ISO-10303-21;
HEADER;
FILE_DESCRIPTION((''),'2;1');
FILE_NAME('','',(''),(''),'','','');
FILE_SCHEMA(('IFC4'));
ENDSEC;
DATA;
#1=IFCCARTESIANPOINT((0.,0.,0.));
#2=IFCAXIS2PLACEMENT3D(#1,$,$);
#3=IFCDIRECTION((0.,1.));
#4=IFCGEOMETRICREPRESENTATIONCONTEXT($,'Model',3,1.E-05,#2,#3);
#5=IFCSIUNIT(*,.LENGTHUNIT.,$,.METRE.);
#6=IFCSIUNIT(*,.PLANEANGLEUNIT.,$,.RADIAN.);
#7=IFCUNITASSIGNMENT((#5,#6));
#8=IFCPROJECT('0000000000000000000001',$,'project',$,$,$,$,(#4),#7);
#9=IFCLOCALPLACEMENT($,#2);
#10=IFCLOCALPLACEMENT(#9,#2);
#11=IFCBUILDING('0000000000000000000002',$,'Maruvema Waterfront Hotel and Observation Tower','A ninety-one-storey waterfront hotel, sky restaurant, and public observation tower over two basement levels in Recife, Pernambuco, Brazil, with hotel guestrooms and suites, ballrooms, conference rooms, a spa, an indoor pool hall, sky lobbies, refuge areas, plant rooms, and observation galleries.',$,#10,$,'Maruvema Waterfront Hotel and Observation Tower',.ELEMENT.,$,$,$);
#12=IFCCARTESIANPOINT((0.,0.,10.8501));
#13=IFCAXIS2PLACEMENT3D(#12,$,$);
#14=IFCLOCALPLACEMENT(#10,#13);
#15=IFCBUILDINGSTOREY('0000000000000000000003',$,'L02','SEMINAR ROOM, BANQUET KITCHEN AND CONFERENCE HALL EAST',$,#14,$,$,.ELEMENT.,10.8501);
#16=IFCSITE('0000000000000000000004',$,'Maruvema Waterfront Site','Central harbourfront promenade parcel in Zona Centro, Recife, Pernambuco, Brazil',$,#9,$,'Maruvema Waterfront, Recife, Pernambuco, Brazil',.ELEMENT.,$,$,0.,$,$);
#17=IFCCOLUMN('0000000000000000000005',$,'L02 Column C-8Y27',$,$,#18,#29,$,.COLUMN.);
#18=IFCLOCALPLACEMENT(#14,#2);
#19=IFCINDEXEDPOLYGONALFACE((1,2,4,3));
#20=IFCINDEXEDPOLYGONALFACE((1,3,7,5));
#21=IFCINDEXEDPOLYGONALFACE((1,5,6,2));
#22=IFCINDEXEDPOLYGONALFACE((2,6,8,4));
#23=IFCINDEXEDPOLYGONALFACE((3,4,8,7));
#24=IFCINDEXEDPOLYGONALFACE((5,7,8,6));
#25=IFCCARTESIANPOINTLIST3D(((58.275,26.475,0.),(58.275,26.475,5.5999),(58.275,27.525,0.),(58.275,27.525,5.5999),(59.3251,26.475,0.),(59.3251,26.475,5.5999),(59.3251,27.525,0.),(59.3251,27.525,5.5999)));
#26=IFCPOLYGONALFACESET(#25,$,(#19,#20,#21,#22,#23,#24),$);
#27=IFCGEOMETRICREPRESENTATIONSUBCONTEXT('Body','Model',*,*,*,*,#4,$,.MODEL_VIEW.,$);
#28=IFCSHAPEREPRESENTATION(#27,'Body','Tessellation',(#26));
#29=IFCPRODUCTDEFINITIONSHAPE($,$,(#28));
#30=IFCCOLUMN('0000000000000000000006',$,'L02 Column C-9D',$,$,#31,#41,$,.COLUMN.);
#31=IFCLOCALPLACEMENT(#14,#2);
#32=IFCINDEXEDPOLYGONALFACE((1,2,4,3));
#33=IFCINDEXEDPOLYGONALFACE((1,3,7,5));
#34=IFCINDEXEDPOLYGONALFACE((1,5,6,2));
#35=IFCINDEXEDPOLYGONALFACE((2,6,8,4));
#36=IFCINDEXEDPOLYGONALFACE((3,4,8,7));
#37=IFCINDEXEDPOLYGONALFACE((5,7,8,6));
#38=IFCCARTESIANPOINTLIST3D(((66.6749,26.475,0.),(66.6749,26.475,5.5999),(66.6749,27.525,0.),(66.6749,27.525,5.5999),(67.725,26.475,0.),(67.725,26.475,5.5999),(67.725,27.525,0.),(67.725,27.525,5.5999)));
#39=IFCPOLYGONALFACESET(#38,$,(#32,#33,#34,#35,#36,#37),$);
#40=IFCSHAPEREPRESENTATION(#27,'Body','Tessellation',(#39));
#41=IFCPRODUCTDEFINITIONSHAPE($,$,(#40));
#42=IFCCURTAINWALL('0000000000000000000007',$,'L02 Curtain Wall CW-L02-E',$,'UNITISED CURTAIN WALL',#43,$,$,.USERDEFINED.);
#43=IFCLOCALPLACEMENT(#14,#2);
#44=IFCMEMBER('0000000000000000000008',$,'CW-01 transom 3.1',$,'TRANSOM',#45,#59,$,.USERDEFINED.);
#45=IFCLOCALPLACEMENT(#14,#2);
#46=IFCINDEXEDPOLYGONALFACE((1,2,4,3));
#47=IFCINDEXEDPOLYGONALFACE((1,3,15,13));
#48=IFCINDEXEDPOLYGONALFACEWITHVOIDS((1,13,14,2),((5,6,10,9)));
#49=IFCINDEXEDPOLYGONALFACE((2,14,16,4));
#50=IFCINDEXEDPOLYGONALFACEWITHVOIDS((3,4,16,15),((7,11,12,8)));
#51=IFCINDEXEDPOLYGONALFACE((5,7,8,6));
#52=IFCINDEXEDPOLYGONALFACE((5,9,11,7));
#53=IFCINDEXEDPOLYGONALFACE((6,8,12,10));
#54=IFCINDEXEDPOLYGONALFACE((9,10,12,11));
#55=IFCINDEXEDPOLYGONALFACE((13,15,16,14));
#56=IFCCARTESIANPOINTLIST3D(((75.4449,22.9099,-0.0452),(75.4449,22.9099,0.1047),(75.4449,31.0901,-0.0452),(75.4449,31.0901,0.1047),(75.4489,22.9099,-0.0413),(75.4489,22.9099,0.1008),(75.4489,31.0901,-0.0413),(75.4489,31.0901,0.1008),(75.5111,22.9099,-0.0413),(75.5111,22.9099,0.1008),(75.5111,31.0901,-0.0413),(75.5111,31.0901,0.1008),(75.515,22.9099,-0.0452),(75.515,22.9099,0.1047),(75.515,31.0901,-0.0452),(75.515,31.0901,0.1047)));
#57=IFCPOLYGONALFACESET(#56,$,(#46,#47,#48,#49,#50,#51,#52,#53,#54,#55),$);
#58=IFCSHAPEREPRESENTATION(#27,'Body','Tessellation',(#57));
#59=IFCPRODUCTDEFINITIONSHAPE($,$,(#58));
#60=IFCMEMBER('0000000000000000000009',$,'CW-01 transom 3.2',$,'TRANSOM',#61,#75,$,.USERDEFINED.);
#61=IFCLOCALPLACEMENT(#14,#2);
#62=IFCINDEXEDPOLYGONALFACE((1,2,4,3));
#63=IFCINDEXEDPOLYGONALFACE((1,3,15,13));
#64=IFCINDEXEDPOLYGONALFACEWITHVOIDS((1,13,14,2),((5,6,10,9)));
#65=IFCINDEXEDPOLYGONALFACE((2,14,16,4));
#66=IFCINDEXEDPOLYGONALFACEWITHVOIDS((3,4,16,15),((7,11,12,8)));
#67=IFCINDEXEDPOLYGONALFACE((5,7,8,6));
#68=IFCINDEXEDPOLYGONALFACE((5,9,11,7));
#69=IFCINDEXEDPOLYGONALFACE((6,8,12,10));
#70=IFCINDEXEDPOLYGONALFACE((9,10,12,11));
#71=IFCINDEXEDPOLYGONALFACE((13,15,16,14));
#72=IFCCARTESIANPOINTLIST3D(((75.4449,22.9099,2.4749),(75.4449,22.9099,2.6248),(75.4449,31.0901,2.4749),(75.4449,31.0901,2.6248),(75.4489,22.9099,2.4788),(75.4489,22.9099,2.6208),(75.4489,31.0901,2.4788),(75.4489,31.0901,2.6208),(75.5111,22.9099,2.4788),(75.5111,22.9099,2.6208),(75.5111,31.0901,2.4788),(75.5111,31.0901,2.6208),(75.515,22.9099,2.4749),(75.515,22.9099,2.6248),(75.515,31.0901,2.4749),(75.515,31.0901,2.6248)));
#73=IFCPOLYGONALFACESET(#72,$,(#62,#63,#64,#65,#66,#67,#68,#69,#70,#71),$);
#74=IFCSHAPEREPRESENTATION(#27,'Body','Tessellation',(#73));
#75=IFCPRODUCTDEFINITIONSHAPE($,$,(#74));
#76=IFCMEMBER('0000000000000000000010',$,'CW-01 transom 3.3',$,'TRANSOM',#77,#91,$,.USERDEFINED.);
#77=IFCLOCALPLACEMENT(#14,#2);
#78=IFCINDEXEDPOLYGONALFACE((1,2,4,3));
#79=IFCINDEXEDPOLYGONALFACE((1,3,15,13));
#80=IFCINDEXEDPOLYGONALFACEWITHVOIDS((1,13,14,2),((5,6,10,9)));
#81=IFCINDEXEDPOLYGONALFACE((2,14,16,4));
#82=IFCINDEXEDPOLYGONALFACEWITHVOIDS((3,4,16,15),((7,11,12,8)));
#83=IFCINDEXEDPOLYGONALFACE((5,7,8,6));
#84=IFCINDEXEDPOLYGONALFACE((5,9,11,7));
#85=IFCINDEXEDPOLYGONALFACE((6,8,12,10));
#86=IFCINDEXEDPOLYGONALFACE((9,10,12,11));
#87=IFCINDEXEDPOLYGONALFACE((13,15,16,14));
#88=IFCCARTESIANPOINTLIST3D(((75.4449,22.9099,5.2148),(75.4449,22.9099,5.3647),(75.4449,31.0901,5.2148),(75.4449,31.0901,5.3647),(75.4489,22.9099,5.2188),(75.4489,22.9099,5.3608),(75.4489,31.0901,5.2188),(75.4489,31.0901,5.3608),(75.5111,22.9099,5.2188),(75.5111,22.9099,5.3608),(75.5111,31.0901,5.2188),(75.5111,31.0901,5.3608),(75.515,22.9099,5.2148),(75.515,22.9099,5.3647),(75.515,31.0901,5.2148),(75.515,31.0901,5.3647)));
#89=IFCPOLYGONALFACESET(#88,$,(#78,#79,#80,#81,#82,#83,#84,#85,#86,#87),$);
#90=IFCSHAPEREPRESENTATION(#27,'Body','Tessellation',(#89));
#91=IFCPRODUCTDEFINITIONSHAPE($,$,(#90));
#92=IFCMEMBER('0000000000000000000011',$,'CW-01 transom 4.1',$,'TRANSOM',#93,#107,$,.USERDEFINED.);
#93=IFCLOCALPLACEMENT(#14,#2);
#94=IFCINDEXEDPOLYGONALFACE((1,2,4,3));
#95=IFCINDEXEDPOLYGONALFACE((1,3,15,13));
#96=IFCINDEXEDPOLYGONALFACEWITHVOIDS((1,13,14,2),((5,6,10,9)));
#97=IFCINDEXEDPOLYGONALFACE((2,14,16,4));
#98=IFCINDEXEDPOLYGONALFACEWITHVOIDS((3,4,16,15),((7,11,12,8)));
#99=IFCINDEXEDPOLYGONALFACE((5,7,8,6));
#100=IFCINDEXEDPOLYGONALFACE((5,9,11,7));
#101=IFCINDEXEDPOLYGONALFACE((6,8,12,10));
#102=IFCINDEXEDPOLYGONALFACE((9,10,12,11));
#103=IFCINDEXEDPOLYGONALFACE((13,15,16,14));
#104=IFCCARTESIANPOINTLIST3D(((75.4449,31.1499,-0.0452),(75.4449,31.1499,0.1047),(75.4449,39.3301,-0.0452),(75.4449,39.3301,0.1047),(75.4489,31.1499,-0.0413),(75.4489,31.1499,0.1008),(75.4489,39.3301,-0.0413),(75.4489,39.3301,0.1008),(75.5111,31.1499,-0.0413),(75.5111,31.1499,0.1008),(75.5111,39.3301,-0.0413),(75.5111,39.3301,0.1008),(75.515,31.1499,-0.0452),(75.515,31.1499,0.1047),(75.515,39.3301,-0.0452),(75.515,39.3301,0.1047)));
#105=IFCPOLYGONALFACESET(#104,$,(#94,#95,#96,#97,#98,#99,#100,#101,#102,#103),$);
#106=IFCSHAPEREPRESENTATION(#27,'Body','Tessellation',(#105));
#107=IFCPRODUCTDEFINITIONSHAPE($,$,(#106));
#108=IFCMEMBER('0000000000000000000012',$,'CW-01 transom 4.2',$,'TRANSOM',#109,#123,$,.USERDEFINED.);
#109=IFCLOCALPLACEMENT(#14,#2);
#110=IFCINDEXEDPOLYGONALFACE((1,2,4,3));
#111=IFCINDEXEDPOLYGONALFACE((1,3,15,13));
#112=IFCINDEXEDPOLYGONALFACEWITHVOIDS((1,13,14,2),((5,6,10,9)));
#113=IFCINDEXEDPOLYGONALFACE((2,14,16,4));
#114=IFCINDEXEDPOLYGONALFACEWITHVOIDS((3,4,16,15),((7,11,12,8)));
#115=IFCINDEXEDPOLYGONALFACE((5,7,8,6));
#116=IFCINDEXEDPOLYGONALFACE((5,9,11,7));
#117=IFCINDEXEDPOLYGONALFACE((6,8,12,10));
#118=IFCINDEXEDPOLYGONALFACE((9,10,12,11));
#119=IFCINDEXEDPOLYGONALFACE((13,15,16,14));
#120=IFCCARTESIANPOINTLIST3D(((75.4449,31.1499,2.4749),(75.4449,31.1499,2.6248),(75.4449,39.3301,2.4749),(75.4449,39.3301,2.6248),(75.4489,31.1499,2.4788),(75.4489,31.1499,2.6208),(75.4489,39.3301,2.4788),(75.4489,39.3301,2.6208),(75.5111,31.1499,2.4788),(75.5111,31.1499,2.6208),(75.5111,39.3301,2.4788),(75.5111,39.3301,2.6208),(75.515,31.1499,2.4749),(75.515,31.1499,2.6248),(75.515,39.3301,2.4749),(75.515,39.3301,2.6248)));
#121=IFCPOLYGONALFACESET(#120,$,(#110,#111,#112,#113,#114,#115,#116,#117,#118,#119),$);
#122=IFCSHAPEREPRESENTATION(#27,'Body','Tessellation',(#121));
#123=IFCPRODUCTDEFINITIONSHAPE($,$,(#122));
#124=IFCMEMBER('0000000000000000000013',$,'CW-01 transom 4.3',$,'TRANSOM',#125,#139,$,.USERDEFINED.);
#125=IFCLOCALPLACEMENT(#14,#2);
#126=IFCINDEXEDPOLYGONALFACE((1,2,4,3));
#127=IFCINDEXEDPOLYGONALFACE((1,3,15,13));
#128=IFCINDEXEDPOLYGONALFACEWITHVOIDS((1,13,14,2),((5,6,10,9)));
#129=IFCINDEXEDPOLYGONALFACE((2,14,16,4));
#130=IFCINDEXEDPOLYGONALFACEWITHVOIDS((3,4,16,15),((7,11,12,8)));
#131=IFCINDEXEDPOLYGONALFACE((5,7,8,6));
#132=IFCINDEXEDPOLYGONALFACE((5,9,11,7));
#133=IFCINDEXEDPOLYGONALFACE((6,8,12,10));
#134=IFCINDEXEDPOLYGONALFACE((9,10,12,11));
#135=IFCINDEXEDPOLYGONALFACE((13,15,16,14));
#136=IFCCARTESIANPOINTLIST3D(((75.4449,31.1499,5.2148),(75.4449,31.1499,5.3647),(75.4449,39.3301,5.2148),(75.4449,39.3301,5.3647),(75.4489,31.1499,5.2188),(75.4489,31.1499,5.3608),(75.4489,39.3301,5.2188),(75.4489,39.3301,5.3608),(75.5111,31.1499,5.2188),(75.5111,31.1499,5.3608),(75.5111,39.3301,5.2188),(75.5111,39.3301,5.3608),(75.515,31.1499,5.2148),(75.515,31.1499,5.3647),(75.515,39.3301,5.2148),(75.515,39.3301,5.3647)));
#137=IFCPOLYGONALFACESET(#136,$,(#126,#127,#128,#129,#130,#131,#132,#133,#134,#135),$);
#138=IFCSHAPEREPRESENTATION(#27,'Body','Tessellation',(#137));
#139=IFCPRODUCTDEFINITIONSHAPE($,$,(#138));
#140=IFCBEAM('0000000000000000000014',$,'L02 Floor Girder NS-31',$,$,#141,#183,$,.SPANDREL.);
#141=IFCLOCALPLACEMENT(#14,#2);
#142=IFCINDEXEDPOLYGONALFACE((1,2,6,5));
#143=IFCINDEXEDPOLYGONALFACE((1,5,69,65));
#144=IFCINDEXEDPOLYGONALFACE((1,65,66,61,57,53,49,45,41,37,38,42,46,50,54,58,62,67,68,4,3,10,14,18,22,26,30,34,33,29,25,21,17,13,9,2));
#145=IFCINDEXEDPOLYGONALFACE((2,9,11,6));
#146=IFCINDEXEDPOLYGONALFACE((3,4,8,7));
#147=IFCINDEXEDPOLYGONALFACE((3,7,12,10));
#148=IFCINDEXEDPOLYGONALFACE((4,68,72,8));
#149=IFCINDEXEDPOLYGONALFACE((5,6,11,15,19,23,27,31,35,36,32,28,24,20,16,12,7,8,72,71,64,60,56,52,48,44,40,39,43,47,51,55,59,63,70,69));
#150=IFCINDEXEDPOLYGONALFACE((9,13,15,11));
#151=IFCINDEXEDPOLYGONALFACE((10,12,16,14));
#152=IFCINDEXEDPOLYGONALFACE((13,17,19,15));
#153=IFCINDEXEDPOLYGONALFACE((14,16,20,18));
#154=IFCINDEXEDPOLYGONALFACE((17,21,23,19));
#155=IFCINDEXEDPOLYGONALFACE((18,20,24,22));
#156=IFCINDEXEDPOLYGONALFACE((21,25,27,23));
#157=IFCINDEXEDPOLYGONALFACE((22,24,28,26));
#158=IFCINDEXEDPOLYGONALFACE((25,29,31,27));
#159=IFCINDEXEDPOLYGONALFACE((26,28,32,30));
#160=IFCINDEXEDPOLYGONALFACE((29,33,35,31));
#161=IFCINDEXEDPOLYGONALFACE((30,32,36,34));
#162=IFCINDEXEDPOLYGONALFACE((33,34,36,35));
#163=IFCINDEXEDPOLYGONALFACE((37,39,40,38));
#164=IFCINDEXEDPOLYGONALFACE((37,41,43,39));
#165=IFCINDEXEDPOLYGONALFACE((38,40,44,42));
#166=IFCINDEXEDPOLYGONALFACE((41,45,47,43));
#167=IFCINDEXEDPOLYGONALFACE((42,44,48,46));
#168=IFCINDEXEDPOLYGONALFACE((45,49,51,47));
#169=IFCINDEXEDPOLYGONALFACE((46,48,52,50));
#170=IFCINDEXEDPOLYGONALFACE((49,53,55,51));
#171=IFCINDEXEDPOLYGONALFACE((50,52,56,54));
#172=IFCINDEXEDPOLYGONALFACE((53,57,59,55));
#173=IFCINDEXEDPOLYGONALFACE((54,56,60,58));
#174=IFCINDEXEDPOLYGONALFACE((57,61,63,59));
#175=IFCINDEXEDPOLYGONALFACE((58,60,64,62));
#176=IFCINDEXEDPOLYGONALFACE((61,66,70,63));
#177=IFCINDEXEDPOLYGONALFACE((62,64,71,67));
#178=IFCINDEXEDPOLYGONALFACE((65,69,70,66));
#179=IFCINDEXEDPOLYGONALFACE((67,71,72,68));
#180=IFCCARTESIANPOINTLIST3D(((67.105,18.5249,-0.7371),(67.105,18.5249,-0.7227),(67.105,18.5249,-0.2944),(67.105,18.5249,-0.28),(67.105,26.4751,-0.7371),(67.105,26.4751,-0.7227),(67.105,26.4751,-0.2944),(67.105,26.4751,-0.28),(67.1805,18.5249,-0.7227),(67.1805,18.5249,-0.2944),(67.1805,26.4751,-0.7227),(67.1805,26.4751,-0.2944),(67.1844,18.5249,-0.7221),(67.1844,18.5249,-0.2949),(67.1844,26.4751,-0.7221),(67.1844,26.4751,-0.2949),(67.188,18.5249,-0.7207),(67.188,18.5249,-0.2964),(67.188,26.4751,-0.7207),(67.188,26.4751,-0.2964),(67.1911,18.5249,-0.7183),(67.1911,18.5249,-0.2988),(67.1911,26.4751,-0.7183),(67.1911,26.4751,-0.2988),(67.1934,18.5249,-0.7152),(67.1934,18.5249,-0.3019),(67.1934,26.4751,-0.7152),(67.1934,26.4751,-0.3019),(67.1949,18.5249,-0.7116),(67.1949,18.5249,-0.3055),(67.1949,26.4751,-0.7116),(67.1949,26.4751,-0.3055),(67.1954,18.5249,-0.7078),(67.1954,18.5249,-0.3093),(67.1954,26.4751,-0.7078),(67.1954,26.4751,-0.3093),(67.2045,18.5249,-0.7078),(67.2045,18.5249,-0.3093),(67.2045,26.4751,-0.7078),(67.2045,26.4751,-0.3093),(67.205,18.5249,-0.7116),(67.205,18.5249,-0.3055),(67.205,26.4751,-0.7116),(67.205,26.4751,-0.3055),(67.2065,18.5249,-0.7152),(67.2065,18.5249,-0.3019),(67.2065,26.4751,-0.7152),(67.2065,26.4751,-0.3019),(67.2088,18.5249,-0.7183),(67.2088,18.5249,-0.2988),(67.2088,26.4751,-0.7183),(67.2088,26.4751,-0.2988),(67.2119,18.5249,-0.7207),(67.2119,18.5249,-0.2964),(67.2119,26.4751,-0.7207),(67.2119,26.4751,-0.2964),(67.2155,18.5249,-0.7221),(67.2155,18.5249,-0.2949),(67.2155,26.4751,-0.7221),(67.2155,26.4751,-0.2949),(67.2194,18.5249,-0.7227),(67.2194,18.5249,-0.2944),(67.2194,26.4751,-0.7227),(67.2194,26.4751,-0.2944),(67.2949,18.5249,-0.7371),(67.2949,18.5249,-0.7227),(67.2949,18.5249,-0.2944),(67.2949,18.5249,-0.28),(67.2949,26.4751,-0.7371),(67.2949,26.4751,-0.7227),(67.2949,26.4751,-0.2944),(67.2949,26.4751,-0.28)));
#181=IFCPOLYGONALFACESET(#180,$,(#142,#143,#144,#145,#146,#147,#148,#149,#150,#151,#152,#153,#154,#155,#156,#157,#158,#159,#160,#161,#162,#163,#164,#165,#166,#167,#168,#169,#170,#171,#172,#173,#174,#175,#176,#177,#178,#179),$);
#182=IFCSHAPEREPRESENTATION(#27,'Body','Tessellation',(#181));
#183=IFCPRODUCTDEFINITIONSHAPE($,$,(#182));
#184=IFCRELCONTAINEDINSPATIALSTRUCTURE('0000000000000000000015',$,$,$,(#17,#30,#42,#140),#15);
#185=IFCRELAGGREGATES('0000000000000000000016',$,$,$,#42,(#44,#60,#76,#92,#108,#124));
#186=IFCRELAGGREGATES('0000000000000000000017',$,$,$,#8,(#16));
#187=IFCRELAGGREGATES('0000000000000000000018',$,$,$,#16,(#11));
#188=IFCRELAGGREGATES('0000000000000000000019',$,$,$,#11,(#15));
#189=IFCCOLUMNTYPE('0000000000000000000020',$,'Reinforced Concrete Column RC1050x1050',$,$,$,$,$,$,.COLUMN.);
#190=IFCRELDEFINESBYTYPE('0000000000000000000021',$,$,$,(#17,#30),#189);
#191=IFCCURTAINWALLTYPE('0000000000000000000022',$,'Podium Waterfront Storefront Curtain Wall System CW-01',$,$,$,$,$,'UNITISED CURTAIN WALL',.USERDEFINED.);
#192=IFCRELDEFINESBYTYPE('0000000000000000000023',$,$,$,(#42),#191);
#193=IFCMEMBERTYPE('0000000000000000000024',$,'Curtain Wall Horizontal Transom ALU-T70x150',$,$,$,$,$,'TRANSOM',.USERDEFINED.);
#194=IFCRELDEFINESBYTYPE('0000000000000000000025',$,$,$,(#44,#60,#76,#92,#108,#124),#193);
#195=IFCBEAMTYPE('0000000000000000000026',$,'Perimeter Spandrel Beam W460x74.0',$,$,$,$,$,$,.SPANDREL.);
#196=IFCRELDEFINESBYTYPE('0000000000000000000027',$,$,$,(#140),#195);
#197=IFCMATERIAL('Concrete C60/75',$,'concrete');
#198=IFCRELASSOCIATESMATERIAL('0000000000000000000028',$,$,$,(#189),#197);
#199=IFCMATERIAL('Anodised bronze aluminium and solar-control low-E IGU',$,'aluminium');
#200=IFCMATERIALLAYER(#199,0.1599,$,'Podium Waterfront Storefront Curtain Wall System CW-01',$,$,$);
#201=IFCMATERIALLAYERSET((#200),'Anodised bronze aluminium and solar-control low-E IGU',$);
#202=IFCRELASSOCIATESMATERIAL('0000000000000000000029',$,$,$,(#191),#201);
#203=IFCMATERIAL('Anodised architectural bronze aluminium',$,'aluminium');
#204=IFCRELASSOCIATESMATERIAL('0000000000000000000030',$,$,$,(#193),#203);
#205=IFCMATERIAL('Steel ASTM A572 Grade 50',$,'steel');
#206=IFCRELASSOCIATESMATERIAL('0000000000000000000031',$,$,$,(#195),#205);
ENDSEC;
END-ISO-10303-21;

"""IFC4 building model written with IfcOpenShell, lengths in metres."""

from ifc_helpers import new_model, si_unit, direction, frame, origin, origin_2d, place, context, subcontext, project, spatial, rectangle, hollow_rectangle, i_section, extrude, material, layer, layer_set, material_profile, profile_set, type_object, element, aggregate, save


model = new_model("IFC4")

# Units and contexts
model_context = context("Model", 3, precision=1e-05, world=origin(), true_north=direction((0.0, 1.0)))
body_context = subcontext(model_context, "Body", "Model", "MODEL_VIEW")
ifc_project = project(units=[si_unit("LENGTHUNIT", "METRE"), si_unit("PLANEANGLEUNIT", "RADIAN")], contexts=[model_context])

# Site, building, storey
site_placement = place(None, origin())
site = spatial("IfcSite", under=ifc_project, at=site_placement, Name="Maruvema Waterfront Site", Description="Central harbourfront promenade parcel in Zona Centro, Recife, Pernambuco, Brazil", LongName="Maruvema Waterfront, Recife, Pernambuco, Brazil", CompositionType="ELEMENT", RefElevation=0.0)
building_placement = place(site_placement, origin())
building = spatial("IfcBuilding", under=site, at=building_placement, Name="Maruvema Waterfront Hotel and Observation Tower", Description="A ninety-one-storey waterfront hotel, sky restaurant, and public observation tower over two basement levels in Recife, Pernambuco, Brazil, with hotel guestrooms and suites, ballrooms, conference rooms, a spa, an indoor pool hall, sky lobbies, refuge areas, plant rooms, and observation galleries.", LongName="Maruvema Waterfront Hotel and Observation Tower", CompositionType="ELEMENT")
storey_placement = place(building_placement, frame((0.0, 0.0, 10.8501)))
storey = spatial("IfcBuildingStorey", under=building, at=storey_placement, Name="L02", Description="SEMINAR ROOM, BANQUET KITCHEN AND CONFERENCE HALL EAST", CompositionType="ELEMENT", Elevation=10.8501)

# Columns
ifc_material_1 = material(Name="Concrete C60/75", Category="concrete")
ifc_material_profile_1 = material_profile(ifc_material_1, rectangle(XDim=1.05, YDim=1.05, at=origin_2d()), Name="RC1050x1050")
ifc_profile_set_1 = profile_set([ifc_material_profile_1], Name="Concrete C60/75")
column_type = type_object("IfcColumnType", Name="Reinforced Concrete Column RC1050x1050", PredefinedType="COLUMN", material=ifc_profile_set_1)
for number, where, z_axis, x_axis, name in (
    (1, (58.8, 27.0, 0.0), (0.0, 0.0, 1.0), (1.0, 0.0, 0.0), "L02 Column C-8Y27"),
    (2, (67.2, 27.0, 0.0), (0.0, 0.0, 1.0), (1.0, 0.0, 0.0), "L02 Column C-9D"),
):
    element("IfcColumn", number, at=place(storey_placement, frame(where, z_axis=z_axis, x_axis=x_axis)), inside=storey, type_object=column_type, Name=name, PredefinedType="COLUMN", context=body_context, shape_type="SweptSolid", body=[
        extrude(rectangle(XDim=1.05, YDim=1.05, at=origin_2d()), origin(), (0.0, 0.0, 1.0), 5.5999),
    ])

# Curtain wall, members
ifc_material_2 = material(Name="Anodised bronze aluminium and solar-control low-E IGU", Category="aluminium")
ifc_layer_1 = layer(ifc_material_2, 0.1599, Name="Podium Waterfront Storefront Curtain Wall System CW-01")
ifc_layer_set_1 = layer_set([ifc_layer_1], Name="Anodised bronze aluminium and solar-control low-E IGU")
curtain_wall_type = type_object("IfcCurtainWallType", Name="Podium Waterfront Storefront Curtain Wall System CW-01", ElementType="UNITISED CURTAIN WALL", PredefinedType="USERDEFINED", material=ifc_layer_set_1)
curtain_wall_placement = place(storey_placement, origin())
curtain_wall = element("IfcCurtainWall", 3, at=curtain_wall_placement, inside=storey, type_object=curtain_wall_type, Name="L02 Curtain Wall CW-L02-E", ObjectType="UNITISED CURTAIN WALL", PredefinedType="USERDEFINED")
ifc_material_3 = material(Name="Anodised architectural bronze aluminium", Category="aluminium")
ifc_material_profile_2 = material_profile(ifc_material_3, hollow_rectangle(XDim=0.0701, YDim=0.1499, WallThickness=0.0039, at=origin_2d()), Name="ALU-T70x150")
ifc_profile_set_2 = profile_set([ifc_material_profile_2], Name="Anodised architectural bronze aluminium")
member_type_1 = type_object("IfcMemberType", Name="Curtain Wall Horizontal Transom ALU-T70x150", ElementType="TRANSOM", PredefinedType="USERDEFINED", material=ifc_profile_set_2)
member_1_placement = place(storey_placement, frame((75.48, 22.9099, 0.0298), z_axis=(0.0, 1.0, 0.0), x_axis=(-1.0, 0.0, 0.0)))
member_1 = element("IfcMember", 4, at=member_1_placement, type_object=member_type_1, Name="CW-01 transom 3.1", ObjectType="TRANSOM", PredefinedType="USERDEFINED", context=body_context, shape_type="SweptSolid", body=[
    extrude(hollow_rectangle(XDim=0.0701, YDim=0.1499, WallThickness=0.0039, at=origin_2d()), origin(), (0.0, 0.0, 1.0), 8.1802),
])
member_2_placement = place(storey_placement, frame((75.48, 22.9099, 2.5498), z_axis=(0.0, 1.0, 0.0), x_axis=(-1.0, 0.0, 0.0)))
member_2 = element("IfcMember", 5, at=member_2_placement, type_object=member_type_1, Name="CW-01 transom 3.2", ObjectType="TRANSOM", PredefinedType="USERDEFINED", context=body_context, shape_type="SweptSolid", body=[
    extrude(hollow_rectangle(XDim=0.0701, YDim=0.1499, WallThickness=0.0039, at=origin_2d()), origin(), (0.0, 0.0, 1.0), 8.1802),
])
member_3_placement = place(storey_placement, frame((75.48, 22.9099, 5.2898), z_axis=(0.0, 1.0, 0.0), x_axis=(-1.0, 0.0, 0.0)))
member_3 = element("IfcMember", 6, at=member_3_placement, type_object=member_type_1, Name="CW-01 transom 3.3", ObjectType="TRANSOM", PredefinedType="USERDEFINED", context=body_context, shape_type="SweptSolid", body=[
    extrude(hollow_rectangle(XDim=0.0701, YDim=0.1499, WallThickness=0.0039, at=origin_2d()), origin(), (0.0, 0.0, 1.0), 8.1802),
])
member_4_placement = place(storey_placement, frame((75.48, 31.1499, 0.0298), z_axis=(0.0, 1.0, 0.0), x_axis=(-1.0, 0.0, 0.0)))
member_4 = element("IfcMember", 7, at=member_4_placement, type_object=member_type_1, Name="CW-01 transom 4.1", ObjectType="TRANSOM", PredefinedType="USERDEFINED", context=body_context, shape_type="SweptSolid", body=[
    extrude(hollow_rectangle(XDim=0.0701, YDim=0.1499, WallThickness=0.0039, at=origin_2d()), origin(), (0.0, 0.0, 1.0), 8.1802),
])
member_5_placement = place(storey_placement, frame((75.48, 31.1499, 2.5498), z_axis=(0.0, 1.0, 0.0), x_axis=(-1.0, 0.0, 0.0)))
member_5 = element("IfcMember", 8, at=member_5_placement, type_object=member_type_1, Name="CW-01 transom 4.2", ObjectType="TRANSOM", PredefinedType="USERDEFINED", context=body_context, shape_type="SweptSolid", body=[
    extrude(hollow_rectangle(XDim=0.0701, YDim=0.1499, WallThickness=0.0039, at=origin_2d()), origin(), (0.0, 0.0, 1.0), 8.1802),
])
member_6_placement = place(storey_placement, frame((75.48, 31.1499, 5.2898), z_axis=(0.0, 1.0, 0.0), x_axis=(-1.0, 0.0, 0.0)))
member_6 = element("IfcMember", 9, at=member_6_placement, type_object=member_type_1, Name="CW-01 transom 4.3", ObjectType="TRANSOM", PredefinedType="USERDEFINED", context=body_context, shape_type="SweptSolid", body=[
    extrude(hollow_rectangle(XDim=0.0701, YDim=0.1499, WallThickness=0.0039, at=origin_2d()), origin(), (0.0, 0.0, 1.0), 8.1802),
])

# Beam
ifc_material_4 = material(Name="Steel ASTM A572 Grade 50", Category="steel")
ifc_material_profile_3 = material_profile(ifc_material_4, i_section(OverallWidth=0.1899, OverallDepth=0.457, WebThickness=0.009, FlangeThickness=0.0144, FilletRadius=0.0149, at=origin_2d()), Name="W460x74.0")
ifc_profile_set_3 = profile_set([ifc_material_profile_3], Name="Steel ASTM A572 Grade 50")
beam_type_1 = type_object("IfcBeamType", Name="Perimeter Spandrel Beam W460x74.0", PredefinedType="SPANDREL", material=ifc_profile_set_3)
for number, where, z_axis, x_axis, name in (
    (10, (67.2, 18.5249, -0.5085), (0.0, 1.0, 0.0), (-1.0, 0.0, 0.0), "L02 Floor Girder NS-31"),
):
    element("IfcBeam", number, at=place(storey_placement, frame(where, z_axis=z_axis, x_axis=x_axis)), inside=storey, type_object=beam_type_1, Name=name, PredefinedType="SPANDREL", context=body_context, shape_type="SweptSolid", body=[
        extrude(i_section(OverallWidth=0.1899, OverallDepth=0.457, WebThickness=0.009, FlangeThickness=0.0144, FilletRadius=0.0149, at=origin_2d()), origin(), (0.0, 0.0, 1.0), 7.9502),
    ])

aggregate(curtain_wall, [member_1, member_2, member_3, member_4, member_5, member_6])

save(model, "model.ifc")
